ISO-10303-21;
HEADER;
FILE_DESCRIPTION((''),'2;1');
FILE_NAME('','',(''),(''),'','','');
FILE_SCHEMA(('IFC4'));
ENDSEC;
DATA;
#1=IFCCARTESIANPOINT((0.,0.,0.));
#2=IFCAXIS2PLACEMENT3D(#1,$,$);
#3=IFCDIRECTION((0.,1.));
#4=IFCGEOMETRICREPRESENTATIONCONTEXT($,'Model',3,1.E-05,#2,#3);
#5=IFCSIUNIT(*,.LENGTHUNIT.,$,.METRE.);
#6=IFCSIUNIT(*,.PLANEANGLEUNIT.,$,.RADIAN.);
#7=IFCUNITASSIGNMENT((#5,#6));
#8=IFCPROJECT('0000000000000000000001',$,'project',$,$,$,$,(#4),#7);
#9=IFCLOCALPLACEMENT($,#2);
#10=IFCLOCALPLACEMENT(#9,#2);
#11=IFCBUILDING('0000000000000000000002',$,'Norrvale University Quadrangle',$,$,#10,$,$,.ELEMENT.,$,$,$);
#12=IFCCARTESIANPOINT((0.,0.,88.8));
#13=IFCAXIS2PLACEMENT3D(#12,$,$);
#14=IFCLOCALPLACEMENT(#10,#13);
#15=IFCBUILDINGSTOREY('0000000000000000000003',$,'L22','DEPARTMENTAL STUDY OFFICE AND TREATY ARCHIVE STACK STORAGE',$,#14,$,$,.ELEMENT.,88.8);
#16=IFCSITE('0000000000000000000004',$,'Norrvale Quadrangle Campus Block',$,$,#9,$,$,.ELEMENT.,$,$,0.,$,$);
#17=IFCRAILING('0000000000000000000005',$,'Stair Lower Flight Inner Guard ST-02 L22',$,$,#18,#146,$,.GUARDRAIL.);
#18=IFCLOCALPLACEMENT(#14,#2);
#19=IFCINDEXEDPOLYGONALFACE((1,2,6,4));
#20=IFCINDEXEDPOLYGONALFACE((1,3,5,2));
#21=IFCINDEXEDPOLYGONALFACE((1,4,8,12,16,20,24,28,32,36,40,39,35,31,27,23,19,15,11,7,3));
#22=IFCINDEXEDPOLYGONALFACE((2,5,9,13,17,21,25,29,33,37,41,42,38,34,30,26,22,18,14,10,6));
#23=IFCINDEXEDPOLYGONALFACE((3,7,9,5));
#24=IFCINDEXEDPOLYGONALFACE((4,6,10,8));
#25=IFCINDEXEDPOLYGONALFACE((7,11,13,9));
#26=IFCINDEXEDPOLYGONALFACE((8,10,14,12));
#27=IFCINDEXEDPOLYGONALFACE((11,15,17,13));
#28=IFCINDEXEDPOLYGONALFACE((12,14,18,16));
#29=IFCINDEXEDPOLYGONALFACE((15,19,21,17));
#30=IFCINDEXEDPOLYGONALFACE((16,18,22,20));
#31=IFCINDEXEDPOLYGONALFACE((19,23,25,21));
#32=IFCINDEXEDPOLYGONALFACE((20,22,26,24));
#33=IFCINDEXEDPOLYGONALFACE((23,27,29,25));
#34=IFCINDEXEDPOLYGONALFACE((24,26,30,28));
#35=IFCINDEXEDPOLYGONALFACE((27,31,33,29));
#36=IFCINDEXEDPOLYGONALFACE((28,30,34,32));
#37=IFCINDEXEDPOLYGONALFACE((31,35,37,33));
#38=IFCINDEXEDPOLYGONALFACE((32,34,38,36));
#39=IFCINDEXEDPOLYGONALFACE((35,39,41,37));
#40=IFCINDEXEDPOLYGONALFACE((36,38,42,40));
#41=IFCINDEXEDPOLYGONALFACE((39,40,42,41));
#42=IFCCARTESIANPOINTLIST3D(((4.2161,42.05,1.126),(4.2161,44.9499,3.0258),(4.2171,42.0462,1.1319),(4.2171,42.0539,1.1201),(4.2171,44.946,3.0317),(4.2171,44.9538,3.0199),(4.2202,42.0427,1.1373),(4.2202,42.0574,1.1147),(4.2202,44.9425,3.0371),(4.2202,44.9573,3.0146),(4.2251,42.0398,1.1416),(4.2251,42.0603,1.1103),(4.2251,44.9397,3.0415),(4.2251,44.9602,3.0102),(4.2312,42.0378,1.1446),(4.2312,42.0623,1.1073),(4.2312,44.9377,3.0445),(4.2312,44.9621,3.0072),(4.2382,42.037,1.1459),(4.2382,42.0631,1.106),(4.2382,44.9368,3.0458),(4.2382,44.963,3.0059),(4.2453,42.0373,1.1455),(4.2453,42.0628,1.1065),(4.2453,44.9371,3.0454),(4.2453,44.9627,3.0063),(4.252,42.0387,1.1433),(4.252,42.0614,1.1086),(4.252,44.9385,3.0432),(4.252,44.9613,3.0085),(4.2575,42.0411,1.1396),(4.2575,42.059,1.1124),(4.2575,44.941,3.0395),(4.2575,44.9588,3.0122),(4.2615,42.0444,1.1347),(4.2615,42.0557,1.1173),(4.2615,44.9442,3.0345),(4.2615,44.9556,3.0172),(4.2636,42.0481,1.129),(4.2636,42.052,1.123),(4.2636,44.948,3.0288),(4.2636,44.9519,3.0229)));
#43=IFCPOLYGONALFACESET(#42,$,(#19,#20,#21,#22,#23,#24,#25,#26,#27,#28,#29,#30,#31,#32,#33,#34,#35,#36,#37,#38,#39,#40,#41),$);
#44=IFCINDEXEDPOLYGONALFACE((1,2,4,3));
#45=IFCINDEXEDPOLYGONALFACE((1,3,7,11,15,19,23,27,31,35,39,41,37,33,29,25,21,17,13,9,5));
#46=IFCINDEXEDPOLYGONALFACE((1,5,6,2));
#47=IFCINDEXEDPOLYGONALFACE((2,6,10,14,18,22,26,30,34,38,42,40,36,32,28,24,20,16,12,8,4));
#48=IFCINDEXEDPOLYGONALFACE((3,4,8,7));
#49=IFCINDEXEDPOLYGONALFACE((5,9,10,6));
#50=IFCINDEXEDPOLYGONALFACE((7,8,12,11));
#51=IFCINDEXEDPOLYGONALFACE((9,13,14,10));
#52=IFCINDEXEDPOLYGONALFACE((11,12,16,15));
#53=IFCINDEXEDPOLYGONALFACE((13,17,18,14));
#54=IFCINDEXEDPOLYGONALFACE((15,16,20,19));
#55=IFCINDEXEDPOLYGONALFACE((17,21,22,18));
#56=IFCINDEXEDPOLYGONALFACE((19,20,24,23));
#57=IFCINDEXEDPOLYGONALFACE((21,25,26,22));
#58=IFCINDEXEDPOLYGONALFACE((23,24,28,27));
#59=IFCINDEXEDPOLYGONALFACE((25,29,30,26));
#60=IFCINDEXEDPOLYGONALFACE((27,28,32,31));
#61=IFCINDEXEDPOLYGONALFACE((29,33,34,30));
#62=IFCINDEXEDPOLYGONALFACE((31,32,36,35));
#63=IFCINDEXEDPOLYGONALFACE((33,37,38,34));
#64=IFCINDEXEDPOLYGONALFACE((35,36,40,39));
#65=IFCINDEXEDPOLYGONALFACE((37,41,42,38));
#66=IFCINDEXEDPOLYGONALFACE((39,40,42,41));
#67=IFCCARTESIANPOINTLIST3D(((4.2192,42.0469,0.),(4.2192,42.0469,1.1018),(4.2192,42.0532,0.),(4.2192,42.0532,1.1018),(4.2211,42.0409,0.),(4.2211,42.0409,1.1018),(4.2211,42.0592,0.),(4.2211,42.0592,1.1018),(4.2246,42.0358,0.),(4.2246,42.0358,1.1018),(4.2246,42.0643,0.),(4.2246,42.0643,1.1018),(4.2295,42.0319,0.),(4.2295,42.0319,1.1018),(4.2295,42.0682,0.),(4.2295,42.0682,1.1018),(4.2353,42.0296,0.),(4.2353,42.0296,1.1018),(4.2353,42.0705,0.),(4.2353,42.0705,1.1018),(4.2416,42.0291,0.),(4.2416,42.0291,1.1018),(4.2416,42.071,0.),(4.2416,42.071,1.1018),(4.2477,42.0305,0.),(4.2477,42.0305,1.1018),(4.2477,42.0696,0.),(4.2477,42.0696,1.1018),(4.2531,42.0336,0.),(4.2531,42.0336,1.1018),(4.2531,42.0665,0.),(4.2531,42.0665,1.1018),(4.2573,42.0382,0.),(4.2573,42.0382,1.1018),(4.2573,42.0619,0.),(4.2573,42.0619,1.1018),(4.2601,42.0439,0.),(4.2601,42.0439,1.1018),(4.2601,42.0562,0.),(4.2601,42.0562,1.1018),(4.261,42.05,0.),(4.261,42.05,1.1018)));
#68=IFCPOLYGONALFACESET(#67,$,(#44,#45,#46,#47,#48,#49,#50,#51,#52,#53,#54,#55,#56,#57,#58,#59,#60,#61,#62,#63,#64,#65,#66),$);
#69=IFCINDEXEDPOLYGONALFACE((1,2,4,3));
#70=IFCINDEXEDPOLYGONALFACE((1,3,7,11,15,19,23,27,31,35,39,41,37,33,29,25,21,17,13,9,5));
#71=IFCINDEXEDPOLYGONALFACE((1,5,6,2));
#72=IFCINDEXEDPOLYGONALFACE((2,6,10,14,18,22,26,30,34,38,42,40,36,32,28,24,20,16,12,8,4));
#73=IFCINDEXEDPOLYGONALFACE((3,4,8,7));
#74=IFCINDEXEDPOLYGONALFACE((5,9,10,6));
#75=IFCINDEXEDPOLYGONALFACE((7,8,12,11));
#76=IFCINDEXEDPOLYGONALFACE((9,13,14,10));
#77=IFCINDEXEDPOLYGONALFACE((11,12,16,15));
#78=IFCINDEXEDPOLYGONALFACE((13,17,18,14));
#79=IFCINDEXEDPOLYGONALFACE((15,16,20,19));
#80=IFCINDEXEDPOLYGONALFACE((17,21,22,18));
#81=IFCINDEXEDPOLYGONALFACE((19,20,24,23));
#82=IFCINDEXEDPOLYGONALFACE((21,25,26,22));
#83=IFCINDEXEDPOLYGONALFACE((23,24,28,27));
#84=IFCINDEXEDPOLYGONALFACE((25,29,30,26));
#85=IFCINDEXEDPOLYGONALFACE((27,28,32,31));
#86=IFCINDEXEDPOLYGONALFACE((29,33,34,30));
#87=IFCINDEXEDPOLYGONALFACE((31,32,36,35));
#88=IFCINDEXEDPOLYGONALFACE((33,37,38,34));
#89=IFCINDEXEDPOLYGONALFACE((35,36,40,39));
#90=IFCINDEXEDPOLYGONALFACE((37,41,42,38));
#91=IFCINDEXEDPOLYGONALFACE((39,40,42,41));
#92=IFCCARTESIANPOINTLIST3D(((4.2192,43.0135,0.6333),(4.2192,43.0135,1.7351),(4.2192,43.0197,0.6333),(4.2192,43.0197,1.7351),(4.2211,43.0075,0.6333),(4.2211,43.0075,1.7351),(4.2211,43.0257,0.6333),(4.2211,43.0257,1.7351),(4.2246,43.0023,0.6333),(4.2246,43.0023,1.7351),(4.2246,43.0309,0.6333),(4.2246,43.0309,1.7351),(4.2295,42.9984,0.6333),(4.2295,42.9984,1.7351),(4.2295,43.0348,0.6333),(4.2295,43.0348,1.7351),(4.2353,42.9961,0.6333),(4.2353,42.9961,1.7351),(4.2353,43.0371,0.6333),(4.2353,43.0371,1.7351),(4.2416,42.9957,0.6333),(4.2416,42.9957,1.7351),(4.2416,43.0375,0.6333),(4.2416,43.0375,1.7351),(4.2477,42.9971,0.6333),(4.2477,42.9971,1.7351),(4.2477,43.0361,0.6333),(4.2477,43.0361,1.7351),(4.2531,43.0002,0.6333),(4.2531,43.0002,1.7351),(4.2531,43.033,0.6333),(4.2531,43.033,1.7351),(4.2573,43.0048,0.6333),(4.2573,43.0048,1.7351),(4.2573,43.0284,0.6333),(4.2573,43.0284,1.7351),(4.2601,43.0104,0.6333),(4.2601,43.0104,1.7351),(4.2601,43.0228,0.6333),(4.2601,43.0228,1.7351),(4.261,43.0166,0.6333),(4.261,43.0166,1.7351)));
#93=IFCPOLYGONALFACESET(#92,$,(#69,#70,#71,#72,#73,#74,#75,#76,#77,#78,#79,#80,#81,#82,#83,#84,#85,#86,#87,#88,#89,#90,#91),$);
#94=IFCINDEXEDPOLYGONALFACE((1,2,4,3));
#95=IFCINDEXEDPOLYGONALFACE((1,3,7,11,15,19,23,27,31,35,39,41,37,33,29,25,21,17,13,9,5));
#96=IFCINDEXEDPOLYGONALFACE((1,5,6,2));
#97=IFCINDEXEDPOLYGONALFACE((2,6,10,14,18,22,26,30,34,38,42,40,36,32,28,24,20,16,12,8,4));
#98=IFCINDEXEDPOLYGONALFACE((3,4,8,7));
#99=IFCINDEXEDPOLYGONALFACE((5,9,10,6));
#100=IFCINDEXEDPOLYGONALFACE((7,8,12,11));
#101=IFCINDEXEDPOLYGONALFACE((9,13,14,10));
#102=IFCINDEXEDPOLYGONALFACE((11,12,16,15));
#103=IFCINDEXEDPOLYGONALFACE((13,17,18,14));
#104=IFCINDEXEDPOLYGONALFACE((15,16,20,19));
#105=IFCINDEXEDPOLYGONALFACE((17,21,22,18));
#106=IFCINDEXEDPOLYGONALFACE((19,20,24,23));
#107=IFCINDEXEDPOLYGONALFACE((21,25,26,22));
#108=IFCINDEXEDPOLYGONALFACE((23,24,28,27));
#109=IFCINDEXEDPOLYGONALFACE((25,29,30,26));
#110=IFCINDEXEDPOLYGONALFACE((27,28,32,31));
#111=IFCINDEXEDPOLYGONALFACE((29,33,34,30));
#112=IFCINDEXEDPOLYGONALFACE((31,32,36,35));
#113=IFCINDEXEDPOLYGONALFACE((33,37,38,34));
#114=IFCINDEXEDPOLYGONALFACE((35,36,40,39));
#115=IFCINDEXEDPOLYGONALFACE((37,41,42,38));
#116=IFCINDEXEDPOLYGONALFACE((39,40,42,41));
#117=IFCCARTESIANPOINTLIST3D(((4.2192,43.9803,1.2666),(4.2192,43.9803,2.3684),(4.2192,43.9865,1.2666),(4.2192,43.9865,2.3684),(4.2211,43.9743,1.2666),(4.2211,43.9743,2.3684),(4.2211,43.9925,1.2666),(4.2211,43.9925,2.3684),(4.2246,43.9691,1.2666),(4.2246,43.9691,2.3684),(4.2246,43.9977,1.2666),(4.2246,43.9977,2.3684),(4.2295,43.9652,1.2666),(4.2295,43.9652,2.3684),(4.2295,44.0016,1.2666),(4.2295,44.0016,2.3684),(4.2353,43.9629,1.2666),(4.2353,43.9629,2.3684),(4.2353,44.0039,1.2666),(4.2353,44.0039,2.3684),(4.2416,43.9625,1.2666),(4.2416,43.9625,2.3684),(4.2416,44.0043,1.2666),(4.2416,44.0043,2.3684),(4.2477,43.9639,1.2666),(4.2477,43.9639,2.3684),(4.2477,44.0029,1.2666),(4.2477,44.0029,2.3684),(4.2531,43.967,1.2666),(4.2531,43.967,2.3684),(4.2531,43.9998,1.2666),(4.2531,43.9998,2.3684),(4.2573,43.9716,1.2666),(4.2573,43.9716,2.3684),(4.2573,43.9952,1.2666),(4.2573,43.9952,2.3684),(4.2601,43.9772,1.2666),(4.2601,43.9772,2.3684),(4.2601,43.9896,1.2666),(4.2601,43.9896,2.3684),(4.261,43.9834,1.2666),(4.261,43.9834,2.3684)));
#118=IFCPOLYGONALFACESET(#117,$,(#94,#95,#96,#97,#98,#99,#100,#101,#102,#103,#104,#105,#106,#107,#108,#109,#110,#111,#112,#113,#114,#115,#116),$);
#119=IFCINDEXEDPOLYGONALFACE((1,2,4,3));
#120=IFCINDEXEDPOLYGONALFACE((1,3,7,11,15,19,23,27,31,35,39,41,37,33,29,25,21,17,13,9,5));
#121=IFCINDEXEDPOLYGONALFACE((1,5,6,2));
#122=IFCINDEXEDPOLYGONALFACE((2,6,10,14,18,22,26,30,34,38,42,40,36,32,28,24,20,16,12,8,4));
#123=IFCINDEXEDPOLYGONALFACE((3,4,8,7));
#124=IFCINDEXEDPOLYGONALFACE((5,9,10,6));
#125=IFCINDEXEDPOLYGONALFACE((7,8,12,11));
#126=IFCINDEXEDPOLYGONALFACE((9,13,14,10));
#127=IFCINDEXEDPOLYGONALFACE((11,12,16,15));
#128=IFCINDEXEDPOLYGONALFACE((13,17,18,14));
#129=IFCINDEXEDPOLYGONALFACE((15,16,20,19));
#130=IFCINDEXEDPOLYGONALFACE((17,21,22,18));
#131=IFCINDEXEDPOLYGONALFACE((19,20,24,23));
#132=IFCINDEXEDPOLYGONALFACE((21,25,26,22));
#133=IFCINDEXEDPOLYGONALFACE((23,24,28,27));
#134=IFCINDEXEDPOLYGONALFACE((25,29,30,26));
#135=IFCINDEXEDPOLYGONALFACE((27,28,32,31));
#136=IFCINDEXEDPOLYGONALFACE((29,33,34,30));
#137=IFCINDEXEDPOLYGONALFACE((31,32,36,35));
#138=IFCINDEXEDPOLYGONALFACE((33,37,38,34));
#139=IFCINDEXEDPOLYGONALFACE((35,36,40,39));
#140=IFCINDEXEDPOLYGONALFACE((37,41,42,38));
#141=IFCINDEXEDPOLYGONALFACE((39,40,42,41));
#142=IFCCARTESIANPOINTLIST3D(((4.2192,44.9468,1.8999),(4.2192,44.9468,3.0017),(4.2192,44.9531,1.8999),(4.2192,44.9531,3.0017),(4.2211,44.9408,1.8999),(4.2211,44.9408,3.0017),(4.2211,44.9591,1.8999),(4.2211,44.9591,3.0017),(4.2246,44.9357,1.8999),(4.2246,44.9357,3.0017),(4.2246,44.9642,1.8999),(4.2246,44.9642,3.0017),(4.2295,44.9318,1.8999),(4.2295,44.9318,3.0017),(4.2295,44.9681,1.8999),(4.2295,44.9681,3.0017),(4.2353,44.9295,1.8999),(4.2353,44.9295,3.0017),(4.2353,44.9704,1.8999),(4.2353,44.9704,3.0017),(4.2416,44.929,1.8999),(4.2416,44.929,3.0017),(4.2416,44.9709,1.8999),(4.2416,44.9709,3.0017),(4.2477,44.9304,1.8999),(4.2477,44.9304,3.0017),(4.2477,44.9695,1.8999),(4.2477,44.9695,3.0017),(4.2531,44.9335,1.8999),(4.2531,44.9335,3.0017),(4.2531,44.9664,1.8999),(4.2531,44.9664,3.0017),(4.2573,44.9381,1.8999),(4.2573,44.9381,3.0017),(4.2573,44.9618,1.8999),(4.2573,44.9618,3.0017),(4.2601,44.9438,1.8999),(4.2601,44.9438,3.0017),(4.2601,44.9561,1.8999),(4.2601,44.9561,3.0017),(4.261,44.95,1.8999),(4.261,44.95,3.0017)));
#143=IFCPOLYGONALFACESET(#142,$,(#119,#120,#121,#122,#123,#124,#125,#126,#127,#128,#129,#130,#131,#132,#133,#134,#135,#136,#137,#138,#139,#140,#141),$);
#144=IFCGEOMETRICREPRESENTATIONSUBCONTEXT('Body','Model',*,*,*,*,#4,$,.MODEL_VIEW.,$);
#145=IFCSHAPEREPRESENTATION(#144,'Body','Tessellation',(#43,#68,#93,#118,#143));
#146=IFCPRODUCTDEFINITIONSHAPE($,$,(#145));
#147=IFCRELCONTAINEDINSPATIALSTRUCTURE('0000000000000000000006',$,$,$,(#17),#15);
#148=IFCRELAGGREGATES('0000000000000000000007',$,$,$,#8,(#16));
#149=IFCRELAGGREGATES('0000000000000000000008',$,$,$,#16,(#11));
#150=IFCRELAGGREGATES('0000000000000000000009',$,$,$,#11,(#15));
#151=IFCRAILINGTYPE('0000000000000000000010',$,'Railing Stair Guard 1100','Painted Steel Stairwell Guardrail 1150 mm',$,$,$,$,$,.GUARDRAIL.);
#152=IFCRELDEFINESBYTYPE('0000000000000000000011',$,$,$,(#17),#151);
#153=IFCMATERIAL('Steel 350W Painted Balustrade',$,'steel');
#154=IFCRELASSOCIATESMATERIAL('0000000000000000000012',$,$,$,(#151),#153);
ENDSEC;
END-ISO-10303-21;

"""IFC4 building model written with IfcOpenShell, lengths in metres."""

from ifc_helpers import new_model, si_unit, direction, frame, origin, origin_2d, place, context, subcontext, project, spatial, circle, extrude, material, type_object, element, save


model = new_model("IFC4")

# Units and contexts
model_context = context("Model", 3, precision=1e-05, world=origin(), true_north=direction((0.0, 1.0)))
body_context = subcontext(model_context, "Body", "Model", "MODEL_VIEW")
ifc_project = project(units=[si_unit("LENGTHUNIT", "METRE"), si_unit("PLANEANGLEUNIT", "RADIAN")], contexts=[model_context])

# Site, building, storey
site_placement = place(None, origin())
site = spatial("IfcSite", under=ifc_project, at=site_placement, Name="Norrvale Quadrangle Campus Block", CompositionType="ELEMENT", RefElevation=0.0)
building_placement = place(site_placement, origin())
building = spatial("IfcBuilding", under=site, at=building_placement, Name="Norrvale University Quadrangle", CompositionType="ELEMENT")
storey_placement = place(building_placement, frame((0.0, 0.0, 88.8)))
storey = spatial("IfcBuildingStorey", under=building, at=storey_placement, Name="L22", Description="DEPARTMENTAL STUDY OFFICE AND TREATY ARCHIVE STACK STORAGE", CompositionType="ELEMENT", Elevation=88.8)

# Railing
ifc_material_1 = material(Name="Steel 350W Painted Balustrade", Category="steel")
railing_type_1 = type_object("IfcRailingType", Name="Railing Stair Guard 1100", Description="Painted Steel Stairwell Guardrail 1150 mm", PredefinedType="GUARDRAIL", material=ifc_material_1)
railing_1_placement = place(storey_placement, frame((4.24, 42.05, 0.0)))
element("IfcRailing", 1, at=railing_1_placement, inside=storey, type_object=railing_type_1, Name="Stair Lower Flight Inner Guard ST-02 L22", PredefinedType="GUARDRAIL", context=body_context, shape_type="SweptSolid", body=[
    extrude(circle(Radius=0.0239, at=origin_2d()), frame((0.0, 0.0, 1.126), z_axis=(0.0, 0.836466, 0.548019), x_axis=(-1.0, 0.0, 0.0)), (0.0, 0.0, 1.0), 3.4668),
    extrude(circle(Radius=0.021, at=origin_2d()), origin(), (0.0, 0.0, 1.0), 1.1018),
    extrude(circle(Radius=0.021, at=origin_2d()), frame((0.0, 0.9666, 0.6333)), (0.0, 0.0, 1.0), 1.1018),
    extrude(circle(Radius=0.021, at=origin_2d()), frame((0.0, 1.9333, 1.2666)), (0.0, 0.0, 1.0), 1.1018),
    extrude(circle(Radius=0.021, at=origin_2d()), frame((0.0, 2.8999, 1.8999)), (0.0, 0.0, 1.0), 1.1018),
])

save(model, "model.ifc")
